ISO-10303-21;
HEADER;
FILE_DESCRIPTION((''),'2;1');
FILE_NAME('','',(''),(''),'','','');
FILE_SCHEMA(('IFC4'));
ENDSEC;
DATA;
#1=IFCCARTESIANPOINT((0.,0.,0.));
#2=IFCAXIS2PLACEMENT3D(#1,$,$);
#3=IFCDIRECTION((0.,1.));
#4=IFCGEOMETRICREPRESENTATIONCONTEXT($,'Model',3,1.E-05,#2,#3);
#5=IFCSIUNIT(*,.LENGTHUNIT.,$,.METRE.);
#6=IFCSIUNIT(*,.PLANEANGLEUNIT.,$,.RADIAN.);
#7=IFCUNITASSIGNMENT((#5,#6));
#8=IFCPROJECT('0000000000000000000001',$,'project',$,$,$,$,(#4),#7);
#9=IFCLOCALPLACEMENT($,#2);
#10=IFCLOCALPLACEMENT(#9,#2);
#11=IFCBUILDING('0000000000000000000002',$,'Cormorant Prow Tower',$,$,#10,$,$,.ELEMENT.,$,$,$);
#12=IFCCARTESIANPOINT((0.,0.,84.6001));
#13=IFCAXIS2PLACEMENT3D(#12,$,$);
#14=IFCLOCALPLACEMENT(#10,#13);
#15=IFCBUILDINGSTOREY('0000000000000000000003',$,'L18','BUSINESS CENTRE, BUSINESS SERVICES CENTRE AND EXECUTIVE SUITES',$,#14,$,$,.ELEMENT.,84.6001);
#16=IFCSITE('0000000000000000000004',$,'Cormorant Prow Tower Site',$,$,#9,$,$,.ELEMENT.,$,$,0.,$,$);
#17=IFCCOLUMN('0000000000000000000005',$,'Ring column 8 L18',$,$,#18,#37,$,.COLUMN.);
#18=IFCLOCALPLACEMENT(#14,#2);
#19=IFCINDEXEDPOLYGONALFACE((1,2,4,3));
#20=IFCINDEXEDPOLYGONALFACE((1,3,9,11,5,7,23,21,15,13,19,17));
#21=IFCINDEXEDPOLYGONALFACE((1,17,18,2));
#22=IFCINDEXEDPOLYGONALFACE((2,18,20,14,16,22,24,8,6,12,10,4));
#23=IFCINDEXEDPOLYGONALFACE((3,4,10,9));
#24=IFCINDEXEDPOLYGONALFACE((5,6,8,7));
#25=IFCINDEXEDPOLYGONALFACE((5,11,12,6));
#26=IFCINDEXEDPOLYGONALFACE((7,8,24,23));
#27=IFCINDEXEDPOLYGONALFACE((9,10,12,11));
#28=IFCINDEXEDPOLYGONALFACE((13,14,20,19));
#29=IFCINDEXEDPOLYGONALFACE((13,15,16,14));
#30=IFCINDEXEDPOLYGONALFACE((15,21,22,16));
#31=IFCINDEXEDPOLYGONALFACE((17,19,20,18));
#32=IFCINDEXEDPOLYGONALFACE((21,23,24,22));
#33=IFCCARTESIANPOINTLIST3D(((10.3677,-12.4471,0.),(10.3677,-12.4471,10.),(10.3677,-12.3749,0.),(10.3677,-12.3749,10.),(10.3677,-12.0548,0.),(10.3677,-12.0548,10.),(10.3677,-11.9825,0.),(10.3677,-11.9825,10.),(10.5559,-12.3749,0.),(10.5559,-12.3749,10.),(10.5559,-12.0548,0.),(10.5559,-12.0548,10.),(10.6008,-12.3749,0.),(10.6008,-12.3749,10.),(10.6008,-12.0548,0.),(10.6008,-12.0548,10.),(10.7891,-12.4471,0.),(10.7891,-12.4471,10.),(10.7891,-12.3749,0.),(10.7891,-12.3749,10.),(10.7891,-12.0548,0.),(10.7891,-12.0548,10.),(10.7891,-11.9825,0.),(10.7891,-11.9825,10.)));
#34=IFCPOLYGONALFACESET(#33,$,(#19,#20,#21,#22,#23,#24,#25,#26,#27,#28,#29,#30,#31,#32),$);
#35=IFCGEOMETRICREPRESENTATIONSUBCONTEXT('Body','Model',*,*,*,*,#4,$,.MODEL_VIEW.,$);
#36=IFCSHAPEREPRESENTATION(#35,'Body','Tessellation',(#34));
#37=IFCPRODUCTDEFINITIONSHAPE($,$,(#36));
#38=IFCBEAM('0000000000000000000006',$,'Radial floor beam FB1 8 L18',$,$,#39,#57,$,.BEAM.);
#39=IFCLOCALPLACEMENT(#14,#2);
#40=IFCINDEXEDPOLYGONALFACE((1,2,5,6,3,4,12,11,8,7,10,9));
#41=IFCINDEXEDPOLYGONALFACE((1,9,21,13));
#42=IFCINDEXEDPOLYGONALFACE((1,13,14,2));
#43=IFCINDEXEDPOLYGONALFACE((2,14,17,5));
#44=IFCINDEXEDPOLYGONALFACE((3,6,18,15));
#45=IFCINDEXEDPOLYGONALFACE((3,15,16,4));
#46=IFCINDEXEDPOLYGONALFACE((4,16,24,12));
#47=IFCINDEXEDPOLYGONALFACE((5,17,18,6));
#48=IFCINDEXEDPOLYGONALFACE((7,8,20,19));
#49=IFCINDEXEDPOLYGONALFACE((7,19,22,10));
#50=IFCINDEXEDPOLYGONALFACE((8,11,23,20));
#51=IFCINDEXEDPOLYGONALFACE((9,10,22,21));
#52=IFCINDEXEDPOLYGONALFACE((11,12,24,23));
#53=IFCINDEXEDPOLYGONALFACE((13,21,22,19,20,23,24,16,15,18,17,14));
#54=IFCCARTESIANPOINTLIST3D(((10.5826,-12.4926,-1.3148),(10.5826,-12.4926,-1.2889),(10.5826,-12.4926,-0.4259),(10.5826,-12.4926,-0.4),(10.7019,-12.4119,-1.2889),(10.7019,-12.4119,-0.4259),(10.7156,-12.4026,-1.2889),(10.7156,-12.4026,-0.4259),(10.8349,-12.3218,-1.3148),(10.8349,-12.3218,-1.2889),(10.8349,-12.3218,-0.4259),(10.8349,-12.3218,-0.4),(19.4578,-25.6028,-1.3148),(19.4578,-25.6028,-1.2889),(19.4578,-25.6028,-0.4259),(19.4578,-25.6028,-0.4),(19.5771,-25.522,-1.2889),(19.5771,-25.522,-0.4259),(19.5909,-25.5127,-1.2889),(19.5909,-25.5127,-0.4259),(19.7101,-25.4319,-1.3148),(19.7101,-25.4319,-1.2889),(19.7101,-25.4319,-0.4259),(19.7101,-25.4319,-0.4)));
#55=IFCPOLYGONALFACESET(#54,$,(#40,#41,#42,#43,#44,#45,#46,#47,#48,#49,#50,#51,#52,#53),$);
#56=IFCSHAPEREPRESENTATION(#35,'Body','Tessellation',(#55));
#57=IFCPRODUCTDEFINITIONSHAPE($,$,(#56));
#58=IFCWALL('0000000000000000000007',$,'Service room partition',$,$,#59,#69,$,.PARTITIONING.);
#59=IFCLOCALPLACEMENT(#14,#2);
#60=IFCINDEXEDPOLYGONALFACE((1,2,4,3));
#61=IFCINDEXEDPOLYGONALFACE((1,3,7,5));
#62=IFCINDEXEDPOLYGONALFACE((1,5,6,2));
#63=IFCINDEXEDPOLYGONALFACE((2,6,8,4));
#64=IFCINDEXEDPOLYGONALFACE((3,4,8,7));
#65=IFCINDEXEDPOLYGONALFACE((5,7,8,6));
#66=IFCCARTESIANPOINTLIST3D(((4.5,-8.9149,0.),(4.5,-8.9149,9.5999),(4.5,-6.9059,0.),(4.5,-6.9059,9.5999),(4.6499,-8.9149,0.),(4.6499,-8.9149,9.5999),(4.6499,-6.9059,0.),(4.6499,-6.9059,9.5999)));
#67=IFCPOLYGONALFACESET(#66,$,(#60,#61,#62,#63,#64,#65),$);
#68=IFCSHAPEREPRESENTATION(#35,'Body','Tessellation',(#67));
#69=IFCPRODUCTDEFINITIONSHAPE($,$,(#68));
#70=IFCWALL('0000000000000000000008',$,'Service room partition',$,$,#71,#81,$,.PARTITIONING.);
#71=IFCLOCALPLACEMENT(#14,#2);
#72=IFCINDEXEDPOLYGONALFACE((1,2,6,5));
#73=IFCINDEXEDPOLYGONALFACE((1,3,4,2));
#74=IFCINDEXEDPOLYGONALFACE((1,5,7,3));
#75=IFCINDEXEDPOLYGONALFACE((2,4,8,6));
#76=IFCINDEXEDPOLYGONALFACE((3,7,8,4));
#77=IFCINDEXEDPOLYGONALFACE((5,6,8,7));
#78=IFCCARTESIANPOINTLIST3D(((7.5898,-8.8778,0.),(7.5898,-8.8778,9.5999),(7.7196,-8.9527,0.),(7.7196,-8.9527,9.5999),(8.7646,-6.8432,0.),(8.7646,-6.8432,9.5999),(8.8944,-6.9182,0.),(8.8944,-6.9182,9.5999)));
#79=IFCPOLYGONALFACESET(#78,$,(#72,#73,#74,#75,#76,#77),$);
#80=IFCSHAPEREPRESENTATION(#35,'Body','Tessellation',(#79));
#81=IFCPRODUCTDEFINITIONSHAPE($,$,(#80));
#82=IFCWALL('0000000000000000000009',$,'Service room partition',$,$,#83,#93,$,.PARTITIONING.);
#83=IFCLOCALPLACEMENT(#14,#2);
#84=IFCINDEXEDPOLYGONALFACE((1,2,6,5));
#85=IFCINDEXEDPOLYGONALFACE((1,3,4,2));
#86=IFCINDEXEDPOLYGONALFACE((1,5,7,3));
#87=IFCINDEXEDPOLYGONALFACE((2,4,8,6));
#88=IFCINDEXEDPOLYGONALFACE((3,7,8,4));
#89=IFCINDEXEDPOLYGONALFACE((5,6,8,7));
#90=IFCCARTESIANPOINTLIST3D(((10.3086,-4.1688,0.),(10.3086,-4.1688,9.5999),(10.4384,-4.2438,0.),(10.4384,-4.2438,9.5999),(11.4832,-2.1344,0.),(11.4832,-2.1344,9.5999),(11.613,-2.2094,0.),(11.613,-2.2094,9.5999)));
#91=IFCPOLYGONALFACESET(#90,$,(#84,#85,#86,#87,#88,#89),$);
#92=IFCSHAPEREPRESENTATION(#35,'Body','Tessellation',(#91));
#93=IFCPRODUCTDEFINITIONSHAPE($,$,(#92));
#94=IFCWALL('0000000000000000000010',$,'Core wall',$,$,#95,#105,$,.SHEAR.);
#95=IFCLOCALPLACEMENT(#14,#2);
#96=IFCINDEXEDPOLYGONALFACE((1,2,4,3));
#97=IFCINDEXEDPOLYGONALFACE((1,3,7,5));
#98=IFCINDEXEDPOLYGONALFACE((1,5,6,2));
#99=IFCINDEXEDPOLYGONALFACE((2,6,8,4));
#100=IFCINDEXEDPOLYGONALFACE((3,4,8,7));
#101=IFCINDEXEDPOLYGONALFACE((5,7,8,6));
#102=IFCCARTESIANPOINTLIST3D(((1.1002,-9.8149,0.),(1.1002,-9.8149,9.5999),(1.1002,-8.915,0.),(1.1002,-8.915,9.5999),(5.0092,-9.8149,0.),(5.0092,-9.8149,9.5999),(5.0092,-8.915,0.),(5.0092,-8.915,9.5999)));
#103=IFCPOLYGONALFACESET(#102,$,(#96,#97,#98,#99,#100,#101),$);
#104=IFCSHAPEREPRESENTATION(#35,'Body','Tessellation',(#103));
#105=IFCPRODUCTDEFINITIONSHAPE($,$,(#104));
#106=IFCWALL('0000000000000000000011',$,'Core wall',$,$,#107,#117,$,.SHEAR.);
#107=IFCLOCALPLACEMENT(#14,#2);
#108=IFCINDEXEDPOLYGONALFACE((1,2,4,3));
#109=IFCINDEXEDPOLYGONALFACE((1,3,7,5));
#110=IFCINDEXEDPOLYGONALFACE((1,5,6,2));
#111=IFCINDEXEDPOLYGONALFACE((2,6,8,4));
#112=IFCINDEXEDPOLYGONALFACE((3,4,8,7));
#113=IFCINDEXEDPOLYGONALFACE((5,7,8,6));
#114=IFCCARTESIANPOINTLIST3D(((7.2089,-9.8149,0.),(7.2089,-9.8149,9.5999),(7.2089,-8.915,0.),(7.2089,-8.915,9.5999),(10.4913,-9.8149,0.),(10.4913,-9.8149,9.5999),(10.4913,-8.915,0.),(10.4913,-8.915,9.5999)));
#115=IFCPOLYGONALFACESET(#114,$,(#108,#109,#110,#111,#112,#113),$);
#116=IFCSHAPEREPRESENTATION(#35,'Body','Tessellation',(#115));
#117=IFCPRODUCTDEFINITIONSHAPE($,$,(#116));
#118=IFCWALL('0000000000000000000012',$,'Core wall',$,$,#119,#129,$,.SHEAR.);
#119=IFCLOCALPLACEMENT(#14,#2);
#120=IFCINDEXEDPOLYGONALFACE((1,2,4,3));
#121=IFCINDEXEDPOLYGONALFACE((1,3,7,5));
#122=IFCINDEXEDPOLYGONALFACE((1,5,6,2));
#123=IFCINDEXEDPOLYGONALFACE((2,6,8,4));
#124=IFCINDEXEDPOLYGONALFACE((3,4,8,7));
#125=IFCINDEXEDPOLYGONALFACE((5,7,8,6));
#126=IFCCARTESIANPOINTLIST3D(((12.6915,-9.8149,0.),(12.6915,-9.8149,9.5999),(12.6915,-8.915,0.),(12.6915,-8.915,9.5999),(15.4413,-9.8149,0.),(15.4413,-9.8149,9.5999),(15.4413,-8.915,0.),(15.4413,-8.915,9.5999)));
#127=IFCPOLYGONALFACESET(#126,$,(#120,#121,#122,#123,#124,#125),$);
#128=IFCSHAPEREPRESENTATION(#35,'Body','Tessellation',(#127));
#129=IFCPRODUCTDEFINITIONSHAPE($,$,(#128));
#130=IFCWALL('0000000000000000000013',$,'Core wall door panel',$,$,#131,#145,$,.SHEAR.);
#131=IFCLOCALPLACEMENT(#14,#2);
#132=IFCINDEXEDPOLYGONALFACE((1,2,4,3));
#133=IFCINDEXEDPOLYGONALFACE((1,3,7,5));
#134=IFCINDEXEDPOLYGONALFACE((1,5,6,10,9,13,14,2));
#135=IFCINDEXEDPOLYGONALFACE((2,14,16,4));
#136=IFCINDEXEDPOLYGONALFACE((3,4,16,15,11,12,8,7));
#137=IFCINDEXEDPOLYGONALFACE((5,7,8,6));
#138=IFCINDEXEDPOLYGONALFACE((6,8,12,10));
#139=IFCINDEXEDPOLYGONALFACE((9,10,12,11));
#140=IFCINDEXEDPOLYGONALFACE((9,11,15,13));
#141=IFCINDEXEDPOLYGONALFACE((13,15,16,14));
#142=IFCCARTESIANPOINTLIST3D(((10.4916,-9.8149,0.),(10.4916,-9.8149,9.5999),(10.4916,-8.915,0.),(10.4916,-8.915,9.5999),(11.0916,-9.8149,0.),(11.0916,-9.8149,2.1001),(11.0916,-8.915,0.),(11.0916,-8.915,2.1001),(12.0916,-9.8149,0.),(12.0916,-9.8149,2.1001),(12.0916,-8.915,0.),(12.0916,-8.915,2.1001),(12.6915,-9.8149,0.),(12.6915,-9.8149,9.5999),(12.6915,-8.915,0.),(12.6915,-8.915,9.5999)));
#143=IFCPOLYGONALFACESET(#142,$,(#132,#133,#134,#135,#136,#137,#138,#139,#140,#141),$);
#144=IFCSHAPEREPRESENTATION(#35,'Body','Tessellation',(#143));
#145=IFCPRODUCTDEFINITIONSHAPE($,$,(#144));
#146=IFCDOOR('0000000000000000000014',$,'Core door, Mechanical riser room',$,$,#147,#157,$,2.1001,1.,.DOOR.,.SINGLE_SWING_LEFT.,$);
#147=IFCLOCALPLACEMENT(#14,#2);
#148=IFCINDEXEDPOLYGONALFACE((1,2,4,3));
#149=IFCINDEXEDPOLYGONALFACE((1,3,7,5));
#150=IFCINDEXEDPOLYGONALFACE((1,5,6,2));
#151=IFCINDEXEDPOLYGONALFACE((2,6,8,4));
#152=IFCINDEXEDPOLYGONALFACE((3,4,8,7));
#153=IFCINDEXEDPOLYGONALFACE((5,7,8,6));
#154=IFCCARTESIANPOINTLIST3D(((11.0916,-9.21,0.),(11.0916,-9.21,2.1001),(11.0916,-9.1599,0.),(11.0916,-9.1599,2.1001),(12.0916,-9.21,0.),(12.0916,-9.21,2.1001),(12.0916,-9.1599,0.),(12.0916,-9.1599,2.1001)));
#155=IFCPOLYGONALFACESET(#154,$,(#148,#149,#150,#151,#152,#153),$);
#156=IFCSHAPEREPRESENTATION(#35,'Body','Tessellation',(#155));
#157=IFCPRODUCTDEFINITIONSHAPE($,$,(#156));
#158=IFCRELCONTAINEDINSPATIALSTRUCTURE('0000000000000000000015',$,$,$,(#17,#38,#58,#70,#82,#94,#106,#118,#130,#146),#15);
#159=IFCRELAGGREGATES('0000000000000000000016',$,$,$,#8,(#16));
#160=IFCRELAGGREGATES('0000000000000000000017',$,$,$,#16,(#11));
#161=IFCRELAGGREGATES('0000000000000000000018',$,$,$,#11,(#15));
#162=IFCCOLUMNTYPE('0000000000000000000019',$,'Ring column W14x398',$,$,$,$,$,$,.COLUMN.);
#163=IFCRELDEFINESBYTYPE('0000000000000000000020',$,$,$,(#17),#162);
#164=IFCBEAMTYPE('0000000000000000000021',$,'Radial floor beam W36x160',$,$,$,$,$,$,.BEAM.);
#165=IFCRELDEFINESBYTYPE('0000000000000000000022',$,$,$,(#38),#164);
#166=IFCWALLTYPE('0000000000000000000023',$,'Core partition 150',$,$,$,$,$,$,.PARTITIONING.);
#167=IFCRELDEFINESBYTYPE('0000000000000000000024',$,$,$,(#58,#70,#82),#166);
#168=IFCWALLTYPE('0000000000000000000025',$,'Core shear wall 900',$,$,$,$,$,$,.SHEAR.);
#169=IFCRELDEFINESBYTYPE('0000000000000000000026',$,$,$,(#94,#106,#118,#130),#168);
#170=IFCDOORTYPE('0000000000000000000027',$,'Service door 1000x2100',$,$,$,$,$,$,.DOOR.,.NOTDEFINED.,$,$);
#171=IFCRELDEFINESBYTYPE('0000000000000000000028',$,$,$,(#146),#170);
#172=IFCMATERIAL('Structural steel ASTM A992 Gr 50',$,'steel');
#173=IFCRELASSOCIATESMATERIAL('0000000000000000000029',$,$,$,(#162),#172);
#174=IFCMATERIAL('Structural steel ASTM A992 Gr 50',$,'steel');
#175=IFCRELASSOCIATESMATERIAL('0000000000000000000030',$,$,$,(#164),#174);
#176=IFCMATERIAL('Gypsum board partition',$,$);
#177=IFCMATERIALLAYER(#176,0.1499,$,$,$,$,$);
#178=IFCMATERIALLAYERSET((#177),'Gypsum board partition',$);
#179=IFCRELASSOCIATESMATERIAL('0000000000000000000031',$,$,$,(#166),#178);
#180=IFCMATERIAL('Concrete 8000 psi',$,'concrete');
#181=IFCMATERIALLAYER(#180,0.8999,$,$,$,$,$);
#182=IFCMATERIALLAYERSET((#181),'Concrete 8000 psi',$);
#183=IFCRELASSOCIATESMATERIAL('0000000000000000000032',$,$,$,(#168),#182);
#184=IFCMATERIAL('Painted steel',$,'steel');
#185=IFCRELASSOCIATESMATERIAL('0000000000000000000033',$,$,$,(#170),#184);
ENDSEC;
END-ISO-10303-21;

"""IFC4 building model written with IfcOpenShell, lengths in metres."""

from ifc_helpers import new_model, si_unit, direction, frame, frame_2d, origin, origin_2d, place, context, subcontext, project, spatial, rectangle, i_section, extrude, material, layer, layer_set, material_profile, profile_set, type_object, element, fill, save


model = new_model("IFC4")

# Units and contexts
model_context = context("Model", 3, precision=1e-05, world=origin(), true_north=direction((0.0, 1.0)))
body_context = subcontext(model_context, "Body", "Model", "MODEL_VIEW")
ifc_project = project(units=[si_unit("LENGTHUNIT", "METRE"), si_unit("PLANEANGLEUNIT", "RADIAN")], contexts=[model_context])

# Site, building, storey
site_placement = place(None, origin())
site = spatial("IfcSite", under=ifc_project, at=site_placement, Name="Cormorant Prow Tower Site", CompositionType="ELEMENT", RefElevation=0.0)
building_placement = place(site_placement, origin())
building = spatial("IfcBuilding", under=site, at=building_placement, Name="Cormorant Prow Tower", CompositionType="ELEMENT")
storey_placement = place(building_placement, frame((0.0, 0.0, 84.6001)))
storey = spatial("IfcBuildingStorey", under=building, at=storey_placement, Name="L18", Description="BUSINESS CENTRE, BUSINESS SERVICES CENTRE AND EXECUTIVE SUITES", CompositionType="ELEMENT", Elevation=84.6001)

# Column
ifc_material_1 = material(Name="Structural steel ASTM A992 Gr 50", Category="steel")
ifc_material_profile_1 = material_profile(ifc_material_1, i_section(OverallWidth=0.4214, OverallDepth=0.4646, WebThickness=0.0449, FlangeThickness=0.0723, at=origin_2d()), Name="W14x398")
ifc_profile_set_1 = profile_set([ifc_material_profile_1], Name="Structural steel ASTM A992 Gr 50")
column_type = type_object("IfcColumnType", Name="Ring column W14x398", PredefinedType="COLUMN", material=ifc_profile_set_1)
column_placement = place(storey_placement, frame((10.5784, -12.2148, 0.0), z_axis=(0.0, 0.0, 1.0), x_axis=(1.0, 0.0, 0.0)))
element("IfcColumn", 1, at=column_placement, inside=storey, type_object=column_type, Name="Ring column 8 L18", PredefinedType="COLUMN", context=body_context, shape_type="SweptSolid", body=[
    extrude(i_section(OverallWidth=0.4214, OverallDepth=0.4646, WebThickness=0.0449, FlangeThickness=0.0723, at=origin_2d()), origin(), (0.0, 0.0, 1.0), 10.0),
])

# Beam
ifc_material_2 = material(Name="Structural steel ASTM A992 Gr 50", Category="steel")
ifc_material_profile_2 = material_profile(ifc_material_2, i_section(OverallWidth=0.3047, OverallDepth=0.9148, WebThickness=0.0166, FlangeThickness=0.0259, at=origin_2d()), Name="W36x160")
ifc_profile_set_2 = profile_set([ifc_material_profile_2], Name="Structural steel ASTM A992 Gr 50")
beam_type = type_object("IfcBeamType", Name="Radial floor beam W36x160", PredefinedType="BEAM", material=ifc_profile_set_2)
beam_placement = place(storey_placement, frame((10.7087, -12.4072, -0.8574), z_axis=(0.560597, -0.828089, 0.0), x_axis=(0.828089, 0.560597, 0.0)))
element("IfcBeam", 2, at=beam_placement, inside=storey, type_object=beam_type, Name="Radial floor beam FB1 8 L18", PredefinedType="BEAM", context=body_context, shape_type="SweptSolid", body=[
    extrude(i_section(OverallWidth=0.3047, OverallDepth=0.9148, WebThickness=0.0166, FlangeThickness=0.0259, at=origin_2d()), origin(), (0.0, 0.0, 1.0), 15.8318),
])

# Walls
ifc_material_3 = material(Name="Gypsum board partition")
ifc_layer_1 = layer(ifc_material_3, 0.1499)
ifc_layer_set_1 = layer_set([ifc_layer_1], Name="Gypsum board partition")
wall_type_1 = type_object("IfcWallType", Name="Core partition 150", PredefinedType="PARTITIONING", material=ifc_layer_set_1)
wall_1_placement = place(storey_placement, frame((4.575, -6.906, 0.0), z_axis=(0.0, 0.0, 1.0), x_axis=(0.0, -1.0, 0.0)))
element("IfcWall", 3, at=wall_1_placement, inside=storey, type_object=wall_type_1, Name="Service room partition", PredefinedType="PARTITIONING", context=body_context, shape_type="SweptSolid", body=[
    extrude(rectangle(XDim=2.009, YDim=0.1499, at=frame_2d((1.0044, 0.0))), origin(), (0.0, 0.0, 1.0), 9.5999),
])
wall_2_placement = place(storey_placement, frame((8.8296, -6.8806, 0.0), z_axis=(0.0, 0.0, 1.0), x_axis=(-0.500073, -0.865983, 0.0)))
element("IfcWall", 4, at=wall_2_placement, inside=storey, type_object=wall_type_1, Name="Service room partition", PredefinedType="PARTITIONING", context=body_context, shape_type="SweptSolid", body=[
    extrude(rectangle(XDim=2.3494, YDim=0.1499, at=frame_2d((1.1748, 0.0))), origin(), (0.0, 0.0, 1.0), 9.5999),
])
wall_3_placement = place(storey_placement, frame((10.3735, -4.2063, 0.0), z_axis=(0.0, 0.0, 1.0), x_axis=(0.499995, 0.866028, 0.0)))
element("IfcWall", 5, at=wall_3_placement, inside=storey, type_object=wall_type_1, Name="Service room partition", PredefinedType="PARTITIONING", context=body_context, shape_type="SweptSolid", body=[
    extrude(rectangle(XDim=2.3491, YDim=0.1499, at=frame_2d((1.1746, 0.0))), origin(), (0.0, 0.0, 1.0), 9.5999),
])
ifc_material_4 = material(Name="Concrete 8000 psi", Category="concrete")
ifc_layer_2 = layer(ifc_material_4, 0.8999)
ifc_layer_set_2 = layer_set([ifc_layer_2], Name="Concrete 8000 psi")
wall_type_2 = type_object("IfcWallType", Name="Core shear wall 900", PredefinedType="SHEAR", material=ifc_layer_set_2)
wall_4_placement = place(storey_placement, frame((1.1001, -9.365, 0.0), z_axis=(0.0, 0.0, 1.0), x_axis=(1.0, 0.0, 0.0)))
element("IfcWall", 6, at=wall_4_placement, inside=storey, type_object=wall_type_2, Name="Core wall", PredefinedType="SHEAR", context=body_context, shape_type="SweptSolid", body=[
    extrude(rectangle(XDim=3.9089, YDim=0.8999, at=frame_2d((1.9546, 0.0))), origin(), (0.0, 0.0, 1.0), 9.5999),
])
wall_5_placement = place(storey_placement, frame((7.209, -9.365, 0.0), z_axis=(0.0, 0.0, 1.0), x_axis=(1.0, 0.0, 0.0)))
element("IfcWall", 7, at=wall_5_placement, inside=storey, type_object=wall_type_2, Name="Core wall", PredefinedType="SHEAR", context=body_context, shape_type="SweptSolid", body=[
    extrude(rectangle(XDim=3.2825, YDim=0.8999, at=frame_2d((1.6411, 0.0))), origin(), (0.0, 0.0, 1.0), 9.5999),
])
wall_6_placement = place(storey_placement, frame((12.6914, -9.365, 0.0), z_axis=(0.0, 0.0, 1.0), x_axis=(1.0, 0.0, 0.0)))
element("IfcWall", 8, at=wall_6_placement, inside=storey, type_object=wall_type_2, Name="Core wall", PredefinedType="SHEAR", context=body_context, shape_type="SweptSolid", body=[
    extrude(rectangle(XDim=2.7498, YDim=0.8999, at=frame_2d((1.375, 0.0))), origin(), (0.0, 0.0, 1.0), 9.5999),
])

# Wall, opening, door
wall_7_placement = place(storey_placement, frame((10.4915, -9.365, 0.0), z_axis=(0.0, 0.0, 1.0), x_axis=(1.0, 0.0, 0.0)))
wall_7 = element("IfcWall", 9, at=wall_7_placement, inside=storey, type_object=wall_type_2, Name="Core wall door panel", PredefinedType="SHEAR", context=body_context, shape_type="SweptSolid", body=[
    extrude(rectangle(XDim=2.2, YDim=0.8999, at=frame_2d((1.1001, 0.0))), origin(), (0.0, 0.0, 1.0), 9.5999),
])
opening_1_placement = place(wall_7_placement, frame((0.6001, 0.0, 0.0)))
opening_1 = element("IfcOpeningElement", 10, at=opening_1_placement, cuts=wall_7, PredefinedType="OPENING", context=body_context, shape_type="SweptSolid", body=[
    extrude(rectangle(XDim=1.0, YDim=2.1001, at=frame_2d((0.5, 1.05))), frame((0.0, 0.46, 0.0), z_axis=(0.0, -1.0, 0.0), x_axis=(1.0, 0.0, 0.0)), (0.0, 0.0, 1.0), 0.9199),
])
ifc_material_5 = material(Name="Painted steel", Category="steel")
door_type_1 = type_object("IfcDoorType", Name="Service door 1000x2100", OperationType="NOTDEFINED", PredefinedType="DOOR", material=ifc_material_5)
door_1_placement = place(opening_1_placement, origin())
door_1 = element("IfcDoor", 11, at=door_1_placement, inside=storey, type_object=door_type_1, Name="Core door, Mechanical riser room", OperationType="SINGLE_SWING_LEFT", OverallHeight=2.1001, OverallWidth=1.0, PredefinedType="DOOR", context=body_context, shape_type="SweptSolid", body=[
    extrude(rectangle(XDim=1.0, YDim=2.1001, at=frame_2d((0.5, 1.05))), frame((0.0, 0.2051, 0.0), z_axis=(0.0, -1.0, 0.0), x_axis=(1.0, 0.0, 0.0)), (0.0, 0.0, 1.0), 0.05),
])
fill(opening_1, door_1)

save(model, "model.ifc")
